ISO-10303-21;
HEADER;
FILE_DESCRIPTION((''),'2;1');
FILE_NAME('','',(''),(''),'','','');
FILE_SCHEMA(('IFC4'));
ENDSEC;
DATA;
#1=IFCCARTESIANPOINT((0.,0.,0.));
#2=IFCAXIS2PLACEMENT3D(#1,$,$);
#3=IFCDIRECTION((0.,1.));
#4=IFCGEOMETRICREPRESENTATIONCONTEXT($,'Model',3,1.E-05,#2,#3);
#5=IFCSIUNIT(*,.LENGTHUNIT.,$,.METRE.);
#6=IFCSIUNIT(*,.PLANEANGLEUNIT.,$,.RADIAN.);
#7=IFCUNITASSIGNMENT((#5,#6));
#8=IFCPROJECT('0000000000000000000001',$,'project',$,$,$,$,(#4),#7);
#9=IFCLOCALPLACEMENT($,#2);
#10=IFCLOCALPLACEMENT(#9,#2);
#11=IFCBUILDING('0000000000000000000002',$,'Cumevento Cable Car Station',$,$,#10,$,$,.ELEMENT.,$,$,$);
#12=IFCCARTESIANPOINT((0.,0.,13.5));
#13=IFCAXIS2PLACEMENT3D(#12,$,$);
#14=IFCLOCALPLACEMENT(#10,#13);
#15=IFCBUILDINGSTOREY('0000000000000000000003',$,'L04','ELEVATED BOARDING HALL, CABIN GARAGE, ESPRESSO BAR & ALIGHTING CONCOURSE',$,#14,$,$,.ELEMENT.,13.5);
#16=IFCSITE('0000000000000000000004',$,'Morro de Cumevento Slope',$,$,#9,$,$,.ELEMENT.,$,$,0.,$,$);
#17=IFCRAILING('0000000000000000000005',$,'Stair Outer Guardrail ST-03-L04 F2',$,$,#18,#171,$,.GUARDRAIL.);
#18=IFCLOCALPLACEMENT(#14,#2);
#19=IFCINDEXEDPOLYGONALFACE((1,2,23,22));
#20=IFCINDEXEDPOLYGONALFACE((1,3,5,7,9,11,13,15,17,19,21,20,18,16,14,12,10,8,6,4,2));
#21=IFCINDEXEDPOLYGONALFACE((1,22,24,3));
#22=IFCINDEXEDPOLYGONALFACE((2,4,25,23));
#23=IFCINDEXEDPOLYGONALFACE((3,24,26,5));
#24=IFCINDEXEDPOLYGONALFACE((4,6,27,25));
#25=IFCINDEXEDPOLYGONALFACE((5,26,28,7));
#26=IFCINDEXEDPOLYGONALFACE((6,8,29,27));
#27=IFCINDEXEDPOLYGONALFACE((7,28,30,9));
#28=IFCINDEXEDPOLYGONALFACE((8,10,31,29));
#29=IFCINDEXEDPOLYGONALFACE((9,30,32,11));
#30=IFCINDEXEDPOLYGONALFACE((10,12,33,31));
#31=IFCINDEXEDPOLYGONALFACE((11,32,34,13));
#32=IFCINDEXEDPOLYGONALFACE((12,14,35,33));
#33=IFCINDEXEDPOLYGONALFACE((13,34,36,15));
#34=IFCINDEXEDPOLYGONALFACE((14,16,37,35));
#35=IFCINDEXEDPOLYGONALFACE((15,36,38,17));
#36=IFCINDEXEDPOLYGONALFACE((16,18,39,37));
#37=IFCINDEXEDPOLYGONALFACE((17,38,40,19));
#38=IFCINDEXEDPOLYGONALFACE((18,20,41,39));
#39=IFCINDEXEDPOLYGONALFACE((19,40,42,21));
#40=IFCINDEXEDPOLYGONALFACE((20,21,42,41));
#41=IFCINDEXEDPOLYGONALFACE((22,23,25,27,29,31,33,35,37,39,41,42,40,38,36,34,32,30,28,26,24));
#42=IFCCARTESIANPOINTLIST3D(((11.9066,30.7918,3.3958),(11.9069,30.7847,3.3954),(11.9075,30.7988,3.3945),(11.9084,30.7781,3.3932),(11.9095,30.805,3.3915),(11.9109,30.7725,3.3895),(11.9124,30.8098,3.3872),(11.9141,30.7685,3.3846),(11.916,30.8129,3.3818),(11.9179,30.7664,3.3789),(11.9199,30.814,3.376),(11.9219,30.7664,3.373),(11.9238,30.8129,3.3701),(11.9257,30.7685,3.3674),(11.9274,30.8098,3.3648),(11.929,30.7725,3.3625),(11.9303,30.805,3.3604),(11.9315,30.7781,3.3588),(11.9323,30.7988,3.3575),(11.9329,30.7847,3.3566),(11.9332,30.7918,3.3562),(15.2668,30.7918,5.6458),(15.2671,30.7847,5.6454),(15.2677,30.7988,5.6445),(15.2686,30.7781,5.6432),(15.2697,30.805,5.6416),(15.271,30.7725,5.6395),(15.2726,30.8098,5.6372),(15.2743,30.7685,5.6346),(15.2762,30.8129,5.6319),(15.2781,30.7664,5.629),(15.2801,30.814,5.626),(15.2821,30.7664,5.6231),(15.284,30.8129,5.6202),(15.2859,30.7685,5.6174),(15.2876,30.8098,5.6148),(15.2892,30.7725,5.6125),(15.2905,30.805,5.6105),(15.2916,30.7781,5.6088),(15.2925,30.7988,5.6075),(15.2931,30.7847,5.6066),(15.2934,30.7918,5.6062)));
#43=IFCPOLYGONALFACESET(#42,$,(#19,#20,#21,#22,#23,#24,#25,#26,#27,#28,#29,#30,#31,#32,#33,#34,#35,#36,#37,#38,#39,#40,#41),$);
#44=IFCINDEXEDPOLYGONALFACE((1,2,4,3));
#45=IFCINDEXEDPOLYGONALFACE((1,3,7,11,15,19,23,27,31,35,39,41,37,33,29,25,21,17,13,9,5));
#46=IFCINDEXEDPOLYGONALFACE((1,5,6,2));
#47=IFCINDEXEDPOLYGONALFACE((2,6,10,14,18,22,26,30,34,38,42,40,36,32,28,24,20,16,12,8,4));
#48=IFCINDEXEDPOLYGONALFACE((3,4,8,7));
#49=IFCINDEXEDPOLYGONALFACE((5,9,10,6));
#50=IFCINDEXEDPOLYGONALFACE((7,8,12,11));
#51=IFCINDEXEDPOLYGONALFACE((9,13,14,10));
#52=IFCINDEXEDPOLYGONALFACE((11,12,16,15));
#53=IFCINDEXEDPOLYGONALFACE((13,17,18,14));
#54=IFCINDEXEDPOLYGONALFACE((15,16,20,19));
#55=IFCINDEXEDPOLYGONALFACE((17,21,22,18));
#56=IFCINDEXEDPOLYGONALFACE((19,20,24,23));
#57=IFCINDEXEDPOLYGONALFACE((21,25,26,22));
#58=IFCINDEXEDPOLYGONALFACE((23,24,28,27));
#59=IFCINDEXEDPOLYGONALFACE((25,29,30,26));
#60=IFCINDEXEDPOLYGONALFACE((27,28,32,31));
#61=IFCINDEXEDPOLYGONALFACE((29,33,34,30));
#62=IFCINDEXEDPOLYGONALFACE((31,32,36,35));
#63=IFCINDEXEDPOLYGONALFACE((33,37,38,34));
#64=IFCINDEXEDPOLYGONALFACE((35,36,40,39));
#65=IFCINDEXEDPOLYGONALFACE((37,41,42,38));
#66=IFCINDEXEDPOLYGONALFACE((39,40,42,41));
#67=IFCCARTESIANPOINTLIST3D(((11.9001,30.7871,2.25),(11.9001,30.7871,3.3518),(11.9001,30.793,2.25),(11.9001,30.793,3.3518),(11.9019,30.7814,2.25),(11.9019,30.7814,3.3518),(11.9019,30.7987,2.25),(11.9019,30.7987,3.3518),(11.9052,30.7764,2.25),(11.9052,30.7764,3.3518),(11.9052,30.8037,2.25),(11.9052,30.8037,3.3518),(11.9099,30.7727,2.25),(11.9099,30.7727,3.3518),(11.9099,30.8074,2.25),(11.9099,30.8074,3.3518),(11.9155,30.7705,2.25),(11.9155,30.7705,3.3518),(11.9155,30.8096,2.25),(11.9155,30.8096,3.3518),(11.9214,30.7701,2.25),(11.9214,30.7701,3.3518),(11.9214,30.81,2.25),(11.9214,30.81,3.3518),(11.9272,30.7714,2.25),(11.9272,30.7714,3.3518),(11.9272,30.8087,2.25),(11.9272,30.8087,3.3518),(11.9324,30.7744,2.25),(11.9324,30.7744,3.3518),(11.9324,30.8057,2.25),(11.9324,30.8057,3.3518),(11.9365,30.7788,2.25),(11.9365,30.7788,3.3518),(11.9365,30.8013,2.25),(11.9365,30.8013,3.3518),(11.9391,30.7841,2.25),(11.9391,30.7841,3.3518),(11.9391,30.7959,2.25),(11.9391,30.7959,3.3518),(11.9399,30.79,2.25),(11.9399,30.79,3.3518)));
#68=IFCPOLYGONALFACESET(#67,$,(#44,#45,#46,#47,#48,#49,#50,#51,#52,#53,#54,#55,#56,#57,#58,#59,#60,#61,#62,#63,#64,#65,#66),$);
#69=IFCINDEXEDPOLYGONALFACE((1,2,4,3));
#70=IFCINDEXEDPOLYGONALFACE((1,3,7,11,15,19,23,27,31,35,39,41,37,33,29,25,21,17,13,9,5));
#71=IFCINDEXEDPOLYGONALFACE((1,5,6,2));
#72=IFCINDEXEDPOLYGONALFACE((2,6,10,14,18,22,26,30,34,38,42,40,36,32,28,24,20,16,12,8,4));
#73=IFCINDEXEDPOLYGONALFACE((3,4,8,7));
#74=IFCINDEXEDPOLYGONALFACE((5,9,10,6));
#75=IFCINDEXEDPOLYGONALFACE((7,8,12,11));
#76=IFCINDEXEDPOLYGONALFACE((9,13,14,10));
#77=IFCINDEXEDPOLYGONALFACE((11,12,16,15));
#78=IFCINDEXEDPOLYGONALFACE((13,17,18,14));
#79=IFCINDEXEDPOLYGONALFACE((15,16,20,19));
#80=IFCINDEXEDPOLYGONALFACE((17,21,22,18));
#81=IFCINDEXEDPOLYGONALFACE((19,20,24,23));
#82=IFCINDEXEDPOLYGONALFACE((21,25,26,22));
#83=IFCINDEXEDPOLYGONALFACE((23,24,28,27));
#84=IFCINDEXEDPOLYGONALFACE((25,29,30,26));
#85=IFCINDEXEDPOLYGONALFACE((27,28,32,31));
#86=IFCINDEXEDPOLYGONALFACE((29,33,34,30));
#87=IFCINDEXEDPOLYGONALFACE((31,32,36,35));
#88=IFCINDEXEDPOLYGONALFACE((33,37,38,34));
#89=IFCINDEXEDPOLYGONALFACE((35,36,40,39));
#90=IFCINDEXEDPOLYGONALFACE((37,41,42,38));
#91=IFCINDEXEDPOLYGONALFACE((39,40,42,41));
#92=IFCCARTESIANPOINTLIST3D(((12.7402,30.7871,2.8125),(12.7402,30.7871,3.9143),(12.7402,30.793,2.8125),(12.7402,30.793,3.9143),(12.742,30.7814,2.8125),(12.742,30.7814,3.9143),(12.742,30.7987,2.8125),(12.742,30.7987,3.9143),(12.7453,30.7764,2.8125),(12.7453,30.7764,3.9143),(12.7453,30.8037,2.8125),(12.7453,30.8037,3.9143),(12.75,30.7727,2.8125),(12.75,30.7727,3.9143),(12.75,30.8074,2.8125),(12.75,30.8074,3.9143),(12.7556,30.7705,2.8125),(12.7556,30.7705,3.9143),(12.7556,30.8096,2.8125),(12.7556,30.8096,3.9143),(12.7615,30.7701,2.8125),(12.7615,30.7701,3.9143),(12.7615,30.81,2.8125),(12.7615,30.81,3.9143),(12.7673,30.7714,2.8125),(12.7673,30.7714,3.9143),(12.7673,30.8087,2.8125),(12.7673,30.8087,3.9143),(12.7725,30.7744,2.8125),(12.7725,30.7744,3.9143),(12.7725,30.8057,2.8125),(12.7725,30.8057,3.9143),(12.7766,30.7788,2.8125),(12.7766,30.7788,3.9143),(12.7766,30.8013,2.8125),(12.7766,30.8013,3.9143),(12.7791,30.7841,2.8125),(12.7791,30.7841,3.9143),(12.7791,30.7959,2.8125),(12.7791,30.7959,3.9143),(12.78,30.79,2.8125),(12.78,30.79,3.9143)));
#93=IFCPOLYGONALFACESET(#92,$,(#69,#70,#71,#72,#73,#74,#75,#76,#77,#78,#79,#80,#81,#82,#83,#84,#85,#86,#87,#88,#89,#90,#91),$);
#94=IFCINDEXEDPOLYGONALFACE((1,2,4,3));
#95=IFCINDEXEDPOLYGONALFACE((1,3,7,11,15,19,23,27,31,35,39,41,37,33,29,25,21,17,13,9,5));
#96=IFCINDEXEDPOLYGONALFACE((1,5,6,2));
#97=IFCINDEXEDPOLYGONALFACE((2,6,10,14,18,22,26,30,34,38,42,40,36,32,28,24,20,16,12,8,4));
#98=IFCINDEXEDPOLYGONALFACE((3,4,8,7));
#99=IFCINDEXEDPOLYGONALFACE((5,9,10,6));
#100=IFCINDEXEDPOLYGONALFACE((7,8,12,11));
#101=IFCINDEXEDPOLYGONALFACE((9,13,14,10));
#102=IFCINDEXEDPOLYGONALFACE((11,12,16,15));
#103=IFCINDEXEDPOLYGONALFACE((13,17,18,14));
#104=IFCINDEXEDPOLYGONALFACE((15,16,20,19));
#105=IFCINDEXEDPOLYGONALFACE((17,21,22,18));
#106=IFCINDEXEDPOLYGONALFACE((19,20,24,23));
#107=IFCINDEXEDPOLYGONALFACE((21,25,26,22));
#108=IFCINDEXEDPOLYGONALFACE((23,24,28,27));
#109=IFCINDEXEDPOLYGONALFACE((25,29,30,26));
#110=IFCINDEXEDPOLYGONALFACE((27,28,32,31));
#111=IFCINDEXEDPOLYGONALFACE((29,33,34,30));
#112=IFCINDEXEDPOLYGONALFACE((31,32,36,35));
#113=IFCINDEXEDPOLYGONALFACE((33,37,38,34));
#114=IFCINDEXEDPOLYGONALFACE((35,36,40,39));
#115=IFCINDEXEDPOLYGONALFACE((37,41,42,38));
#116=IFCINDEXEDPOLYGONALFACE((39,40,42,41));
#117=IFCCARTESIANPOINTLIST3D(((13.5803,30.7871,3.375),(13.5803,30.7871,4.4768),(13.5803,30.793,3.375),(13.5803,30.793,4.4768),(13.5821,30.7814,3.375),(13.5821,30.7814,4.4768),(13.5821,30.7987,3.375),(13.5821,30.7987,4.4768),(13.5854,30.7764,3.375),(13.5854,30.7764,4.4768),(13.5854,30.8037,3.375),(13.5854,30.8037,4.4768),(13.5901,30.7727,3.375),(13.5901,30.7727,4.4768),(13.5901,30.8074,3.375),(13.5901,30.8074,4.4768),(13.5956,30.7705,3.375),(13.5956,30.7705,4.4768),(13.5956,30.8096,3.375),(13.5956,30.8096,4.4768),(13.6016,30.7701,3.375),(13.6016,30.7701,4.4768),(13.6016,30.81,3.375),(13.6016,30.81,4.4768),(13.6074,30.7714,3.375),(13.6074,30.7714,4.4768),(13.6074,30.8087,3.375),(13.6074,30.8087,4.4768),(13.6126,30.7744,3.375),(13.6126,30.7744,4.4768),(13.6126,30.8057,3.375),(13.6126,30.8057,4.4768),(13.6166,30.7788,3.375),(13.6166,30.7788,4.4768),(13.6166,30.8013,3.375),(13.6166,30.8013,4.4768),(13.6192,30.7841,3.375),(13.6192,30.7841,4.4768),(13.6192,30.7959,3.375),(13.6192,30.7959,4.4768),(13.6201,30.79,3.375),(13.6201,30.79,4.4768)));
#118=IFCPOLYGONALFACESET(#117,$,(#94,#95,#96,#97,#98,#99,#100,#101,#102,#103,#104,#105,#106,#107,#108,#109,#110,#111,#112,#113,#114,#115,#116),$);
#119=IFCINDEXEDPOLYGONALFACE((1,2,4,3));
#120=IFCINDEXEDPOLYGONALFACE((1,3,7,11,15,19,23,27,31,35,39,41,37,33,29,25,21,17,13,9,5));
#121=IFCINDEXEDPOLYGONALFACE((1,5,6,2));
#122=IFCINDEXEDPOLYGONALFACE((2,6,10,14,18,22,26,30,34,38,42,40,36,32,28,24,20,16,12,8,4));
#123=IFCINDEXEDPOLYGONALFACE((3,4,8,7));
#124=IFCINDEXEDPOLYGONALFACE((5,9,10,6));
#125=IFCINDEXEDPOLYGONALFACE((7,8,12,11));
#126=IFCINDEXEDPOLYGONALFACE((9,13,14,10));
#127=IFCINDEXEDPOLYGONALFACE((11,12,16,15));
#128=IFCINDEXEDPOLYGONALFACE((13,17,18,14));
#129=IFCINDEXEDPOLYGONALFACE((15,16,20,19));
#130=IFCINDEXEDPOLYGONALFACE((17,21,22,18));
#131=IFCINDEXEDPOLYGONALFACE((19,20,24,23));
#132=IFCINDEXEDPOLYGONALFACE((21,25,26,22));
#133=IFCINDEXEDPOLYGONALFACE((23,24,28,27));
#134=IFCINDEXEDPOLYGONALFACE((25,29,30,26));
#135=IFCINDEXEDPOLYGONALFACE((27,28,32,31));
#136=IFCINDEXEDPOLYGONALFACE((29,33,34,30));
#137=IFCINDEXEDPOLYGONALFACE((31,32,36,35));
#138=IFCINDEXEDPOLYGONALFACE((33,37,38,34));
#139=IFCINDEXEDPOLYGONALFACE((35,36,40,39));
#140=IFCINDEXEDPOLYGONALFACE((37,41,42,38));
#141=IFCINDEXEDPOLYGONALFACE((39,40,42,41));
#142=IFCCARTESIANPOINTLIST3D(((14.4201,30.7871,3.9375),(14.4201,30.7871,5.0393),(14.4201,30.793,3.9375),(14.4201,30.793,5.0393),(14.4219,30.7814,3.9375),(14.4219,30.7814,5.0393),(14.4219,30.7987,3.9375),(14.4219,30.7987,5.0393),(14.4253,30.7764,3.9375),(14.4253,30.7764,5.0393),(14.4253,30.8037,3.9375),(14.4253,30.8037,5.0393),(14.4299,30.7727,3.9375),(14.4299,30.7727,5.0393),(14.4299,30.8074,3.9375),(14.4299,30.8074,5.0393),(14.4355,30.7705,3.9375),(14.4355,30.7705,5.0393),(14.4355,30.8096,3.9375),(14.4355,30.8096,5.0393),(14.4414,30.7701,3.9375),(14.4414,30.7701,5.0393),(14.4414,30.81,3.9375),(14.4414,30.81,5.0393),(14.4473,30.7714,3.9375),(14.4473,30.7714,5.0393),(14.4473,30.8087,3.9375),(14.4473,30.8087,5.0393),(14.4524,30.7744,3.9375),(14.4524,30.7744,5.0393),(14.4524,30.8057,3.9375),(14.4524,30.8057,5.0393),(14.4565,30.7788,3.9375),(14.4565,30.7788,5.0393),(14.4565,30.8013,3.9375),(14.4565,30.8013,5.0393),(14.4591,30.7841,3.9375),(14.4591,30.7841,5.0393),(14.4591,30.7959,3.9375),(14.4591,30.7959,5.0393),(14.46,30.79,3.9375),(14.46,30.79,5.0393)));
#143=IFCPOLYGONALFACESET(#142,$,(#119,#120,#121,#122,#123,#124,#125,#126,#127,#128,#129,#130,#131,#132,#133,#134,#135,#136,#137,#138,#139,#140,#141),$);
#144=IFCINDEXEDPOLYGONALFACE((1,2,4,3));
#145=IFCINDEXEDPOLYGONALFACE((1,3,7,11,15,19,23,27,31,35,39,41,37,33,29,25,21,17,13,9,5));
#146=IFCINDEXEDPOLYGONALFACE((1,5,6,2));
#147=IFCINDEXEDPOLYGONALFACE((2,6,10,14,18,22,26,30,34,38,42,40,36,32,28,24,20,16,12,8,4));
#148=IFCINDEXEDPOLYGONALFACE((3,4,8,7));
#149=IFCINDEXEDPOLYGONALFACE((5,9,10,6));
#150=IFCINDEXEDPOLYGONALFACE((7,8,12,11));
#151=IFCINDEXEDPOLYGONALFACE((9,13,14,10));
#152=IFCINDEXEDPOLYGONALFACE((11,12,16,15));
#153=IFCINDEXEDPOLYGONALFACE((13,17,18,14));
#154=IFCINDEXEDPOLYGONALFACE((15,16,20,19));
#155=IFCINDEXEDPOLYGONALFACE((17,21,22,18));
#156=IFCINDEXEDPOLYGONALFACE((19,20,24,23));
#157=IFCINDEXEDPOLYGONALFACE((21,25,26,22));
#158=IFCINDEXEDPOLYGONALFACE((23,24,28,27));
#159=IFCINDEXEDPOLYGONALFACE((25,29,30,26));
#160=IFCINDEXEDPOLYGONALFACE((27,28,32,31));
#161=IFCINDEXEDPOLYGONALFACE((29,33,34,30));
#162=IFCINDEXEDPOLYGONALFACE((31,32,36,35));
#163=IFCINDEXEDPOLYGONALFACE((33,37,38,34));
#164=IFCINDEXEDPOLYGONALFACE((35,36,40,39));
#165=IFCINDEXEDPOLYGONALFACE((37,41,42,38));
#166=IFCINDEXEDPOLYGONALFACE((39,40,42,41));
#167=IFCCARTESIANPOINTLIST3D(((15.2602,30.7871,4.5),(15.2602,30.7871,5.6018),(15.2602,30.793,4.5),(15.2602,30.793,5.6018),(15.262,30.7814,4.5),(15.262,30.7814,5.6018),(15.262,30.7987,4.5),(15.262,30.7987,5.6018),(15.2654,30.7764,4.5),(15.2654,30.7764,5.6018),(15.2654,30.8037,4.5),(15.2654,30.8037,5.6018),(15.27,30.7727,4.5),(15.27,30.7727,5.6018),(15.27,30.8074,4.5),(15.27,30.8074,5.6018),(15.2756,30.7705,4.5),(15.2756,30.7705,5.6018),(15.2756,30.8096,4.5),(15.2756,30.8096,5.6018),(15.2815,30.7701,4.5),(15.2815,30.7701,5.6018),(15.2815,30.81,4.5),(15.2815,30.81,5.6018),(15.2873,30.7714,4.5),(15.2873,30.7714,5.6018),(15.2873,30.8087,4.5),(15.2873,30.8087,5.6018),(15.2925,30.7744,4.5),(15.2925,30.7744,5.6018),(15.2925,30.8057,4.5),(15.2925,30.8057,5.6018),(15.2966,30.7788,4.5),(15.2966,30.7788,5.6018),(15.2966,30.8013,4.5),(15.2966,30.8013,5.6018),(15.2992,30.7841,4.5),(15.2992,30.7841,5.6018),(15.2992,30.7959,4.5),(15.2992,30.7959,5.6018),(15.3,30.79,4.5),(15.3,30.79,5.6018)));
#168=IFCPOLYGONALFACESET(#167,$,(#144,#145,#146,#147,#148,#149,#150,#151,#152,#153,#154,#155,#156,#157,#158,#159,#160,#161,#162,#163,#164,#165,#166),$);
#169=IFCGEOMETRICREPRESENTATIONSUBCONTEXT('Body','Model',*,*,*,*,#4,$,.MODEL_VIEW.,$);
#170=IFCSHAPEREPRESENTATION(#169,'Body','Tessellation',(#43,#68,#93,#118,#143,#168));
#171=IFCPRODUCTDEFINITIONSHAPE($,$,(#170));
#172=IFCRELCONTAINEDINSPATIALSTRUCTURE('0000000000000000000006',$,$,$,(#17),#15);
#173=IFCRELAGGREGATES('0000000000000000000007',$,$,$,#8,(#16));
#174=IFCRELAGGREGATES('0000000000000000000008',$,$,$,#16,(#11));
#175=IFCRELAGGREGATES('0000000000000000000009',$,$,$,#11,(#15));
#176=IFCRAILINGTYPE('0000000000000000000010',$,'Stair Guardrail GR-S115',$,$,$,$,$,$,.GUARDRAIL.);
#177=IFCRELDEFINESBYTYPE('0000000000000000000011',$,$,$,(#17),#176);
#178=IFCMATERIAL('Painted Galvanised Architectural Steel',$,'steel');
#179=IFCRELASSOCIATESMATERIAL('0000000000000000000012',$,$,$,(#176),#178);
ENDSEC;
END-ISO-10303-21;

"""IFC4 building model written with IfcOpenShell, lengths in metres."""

from ifc_helpers import new_model, si_unit, direction, frame, origin, origin_2d, place, context, subcontext, project, spatial, circle, extrude, material, type_object, element, save


model = new_model("IFC4")

# Units and contexts
model_context = context("Model", 3, precision=1e-05, world=origin(), true_north=direction((0.0, 1.0)))
body_context = subcontext(model_context, "Body", "Model", "MODEL_VIEW")
ifc_project = project(units=[si_unit("LENGTHUNIT", "METRE"), si_unit("PLANEANGLEUNIT", "RADIAN")], contexts=[model_context])

# Site, building, storey
site_placement = place(None, origin())
site = spatial("IfcSite", under=ifc_project, at=site_placement, Name="Morro de Cumevento Slope", CompositionType="ELEMENT", RefElevation=0.0)
building_placement = place(site_placement, origin())
building = spatial("IfcBuilding", under=site, at=building_placement, Name="Cumevento Cable Car Station", CompositionType="ELEMENT")
storey_placement = place(building_placement, frame((0.0, 0.0, 13.5)))
storey = spatial("IfcBuildingStorey", under=building, at=storey_placement, Name="L04", Description="ELEVATED BOARDING HALL, CABIN GARAGE, ESPRESSO BAR & ALIGHTING CONCOURSE", CompositionType="ELEMENT", Elevation=13.5)

# Railing
ifc_material_1 = material(Name="Painted Galvanised Architectural Steel", Category="steel")
railing_type_1 = type_object("IfcRailingType", Name="Stair Guardrail GR-S115", PredefinedType="GUARDRAIL", material=ifc_material_1)
railing_1_placement = place(storey_placement, frame((11.9199, 30.79, 2.25)))
element("IfcRailing", 1, at=railing_1_placement, inside=storey, type_object=railing_type_1, Name="Stair Outer Guardrail ST-03-L04 F2", PredefinedType="GUARDRAIL", context=body_context, shape_type="SweptSolid", body=[
    extrude(circle(Radius=0.0239, at=origin_2d()), frame((0.0, 0.0, 1.126), z_axis=(0.830915, 0.0, 0.556399), x_axis=(0.0, 1.0, 0.0)), (0.0, 0.0, 1.0), 4.0439),
    extrude(circle(Radius=0.02, at=origin_2d()), origin(), (0.0, 0.0, 1.0), 1.1018),
    extrude(circle(Radius=0.02, at=origin_2d()), frame((0.8401, 0.0, 0.5625)), (0.0, 0.0, 1.0), 1.1018),
    extrude(circle(Radius=0.02, at=origin_2d()), frame((1.6802, 0.0, 1.125)), (0.0, 0.0, 1.0), 1.1018),
    extrude(circle(Radius=0.02, at=origin_2d()), frame((2.52, 0.0, 1.6875)), (0.0, 0.0, 1.0), 1.1018),
    extrude(circle(Radius=0.02, at=origin_2d()), frame((3.3601, 0.0, 2.25)), (0.0, 0.0, 1.0), 1.1018),
])

save(model, "model.ifc")
